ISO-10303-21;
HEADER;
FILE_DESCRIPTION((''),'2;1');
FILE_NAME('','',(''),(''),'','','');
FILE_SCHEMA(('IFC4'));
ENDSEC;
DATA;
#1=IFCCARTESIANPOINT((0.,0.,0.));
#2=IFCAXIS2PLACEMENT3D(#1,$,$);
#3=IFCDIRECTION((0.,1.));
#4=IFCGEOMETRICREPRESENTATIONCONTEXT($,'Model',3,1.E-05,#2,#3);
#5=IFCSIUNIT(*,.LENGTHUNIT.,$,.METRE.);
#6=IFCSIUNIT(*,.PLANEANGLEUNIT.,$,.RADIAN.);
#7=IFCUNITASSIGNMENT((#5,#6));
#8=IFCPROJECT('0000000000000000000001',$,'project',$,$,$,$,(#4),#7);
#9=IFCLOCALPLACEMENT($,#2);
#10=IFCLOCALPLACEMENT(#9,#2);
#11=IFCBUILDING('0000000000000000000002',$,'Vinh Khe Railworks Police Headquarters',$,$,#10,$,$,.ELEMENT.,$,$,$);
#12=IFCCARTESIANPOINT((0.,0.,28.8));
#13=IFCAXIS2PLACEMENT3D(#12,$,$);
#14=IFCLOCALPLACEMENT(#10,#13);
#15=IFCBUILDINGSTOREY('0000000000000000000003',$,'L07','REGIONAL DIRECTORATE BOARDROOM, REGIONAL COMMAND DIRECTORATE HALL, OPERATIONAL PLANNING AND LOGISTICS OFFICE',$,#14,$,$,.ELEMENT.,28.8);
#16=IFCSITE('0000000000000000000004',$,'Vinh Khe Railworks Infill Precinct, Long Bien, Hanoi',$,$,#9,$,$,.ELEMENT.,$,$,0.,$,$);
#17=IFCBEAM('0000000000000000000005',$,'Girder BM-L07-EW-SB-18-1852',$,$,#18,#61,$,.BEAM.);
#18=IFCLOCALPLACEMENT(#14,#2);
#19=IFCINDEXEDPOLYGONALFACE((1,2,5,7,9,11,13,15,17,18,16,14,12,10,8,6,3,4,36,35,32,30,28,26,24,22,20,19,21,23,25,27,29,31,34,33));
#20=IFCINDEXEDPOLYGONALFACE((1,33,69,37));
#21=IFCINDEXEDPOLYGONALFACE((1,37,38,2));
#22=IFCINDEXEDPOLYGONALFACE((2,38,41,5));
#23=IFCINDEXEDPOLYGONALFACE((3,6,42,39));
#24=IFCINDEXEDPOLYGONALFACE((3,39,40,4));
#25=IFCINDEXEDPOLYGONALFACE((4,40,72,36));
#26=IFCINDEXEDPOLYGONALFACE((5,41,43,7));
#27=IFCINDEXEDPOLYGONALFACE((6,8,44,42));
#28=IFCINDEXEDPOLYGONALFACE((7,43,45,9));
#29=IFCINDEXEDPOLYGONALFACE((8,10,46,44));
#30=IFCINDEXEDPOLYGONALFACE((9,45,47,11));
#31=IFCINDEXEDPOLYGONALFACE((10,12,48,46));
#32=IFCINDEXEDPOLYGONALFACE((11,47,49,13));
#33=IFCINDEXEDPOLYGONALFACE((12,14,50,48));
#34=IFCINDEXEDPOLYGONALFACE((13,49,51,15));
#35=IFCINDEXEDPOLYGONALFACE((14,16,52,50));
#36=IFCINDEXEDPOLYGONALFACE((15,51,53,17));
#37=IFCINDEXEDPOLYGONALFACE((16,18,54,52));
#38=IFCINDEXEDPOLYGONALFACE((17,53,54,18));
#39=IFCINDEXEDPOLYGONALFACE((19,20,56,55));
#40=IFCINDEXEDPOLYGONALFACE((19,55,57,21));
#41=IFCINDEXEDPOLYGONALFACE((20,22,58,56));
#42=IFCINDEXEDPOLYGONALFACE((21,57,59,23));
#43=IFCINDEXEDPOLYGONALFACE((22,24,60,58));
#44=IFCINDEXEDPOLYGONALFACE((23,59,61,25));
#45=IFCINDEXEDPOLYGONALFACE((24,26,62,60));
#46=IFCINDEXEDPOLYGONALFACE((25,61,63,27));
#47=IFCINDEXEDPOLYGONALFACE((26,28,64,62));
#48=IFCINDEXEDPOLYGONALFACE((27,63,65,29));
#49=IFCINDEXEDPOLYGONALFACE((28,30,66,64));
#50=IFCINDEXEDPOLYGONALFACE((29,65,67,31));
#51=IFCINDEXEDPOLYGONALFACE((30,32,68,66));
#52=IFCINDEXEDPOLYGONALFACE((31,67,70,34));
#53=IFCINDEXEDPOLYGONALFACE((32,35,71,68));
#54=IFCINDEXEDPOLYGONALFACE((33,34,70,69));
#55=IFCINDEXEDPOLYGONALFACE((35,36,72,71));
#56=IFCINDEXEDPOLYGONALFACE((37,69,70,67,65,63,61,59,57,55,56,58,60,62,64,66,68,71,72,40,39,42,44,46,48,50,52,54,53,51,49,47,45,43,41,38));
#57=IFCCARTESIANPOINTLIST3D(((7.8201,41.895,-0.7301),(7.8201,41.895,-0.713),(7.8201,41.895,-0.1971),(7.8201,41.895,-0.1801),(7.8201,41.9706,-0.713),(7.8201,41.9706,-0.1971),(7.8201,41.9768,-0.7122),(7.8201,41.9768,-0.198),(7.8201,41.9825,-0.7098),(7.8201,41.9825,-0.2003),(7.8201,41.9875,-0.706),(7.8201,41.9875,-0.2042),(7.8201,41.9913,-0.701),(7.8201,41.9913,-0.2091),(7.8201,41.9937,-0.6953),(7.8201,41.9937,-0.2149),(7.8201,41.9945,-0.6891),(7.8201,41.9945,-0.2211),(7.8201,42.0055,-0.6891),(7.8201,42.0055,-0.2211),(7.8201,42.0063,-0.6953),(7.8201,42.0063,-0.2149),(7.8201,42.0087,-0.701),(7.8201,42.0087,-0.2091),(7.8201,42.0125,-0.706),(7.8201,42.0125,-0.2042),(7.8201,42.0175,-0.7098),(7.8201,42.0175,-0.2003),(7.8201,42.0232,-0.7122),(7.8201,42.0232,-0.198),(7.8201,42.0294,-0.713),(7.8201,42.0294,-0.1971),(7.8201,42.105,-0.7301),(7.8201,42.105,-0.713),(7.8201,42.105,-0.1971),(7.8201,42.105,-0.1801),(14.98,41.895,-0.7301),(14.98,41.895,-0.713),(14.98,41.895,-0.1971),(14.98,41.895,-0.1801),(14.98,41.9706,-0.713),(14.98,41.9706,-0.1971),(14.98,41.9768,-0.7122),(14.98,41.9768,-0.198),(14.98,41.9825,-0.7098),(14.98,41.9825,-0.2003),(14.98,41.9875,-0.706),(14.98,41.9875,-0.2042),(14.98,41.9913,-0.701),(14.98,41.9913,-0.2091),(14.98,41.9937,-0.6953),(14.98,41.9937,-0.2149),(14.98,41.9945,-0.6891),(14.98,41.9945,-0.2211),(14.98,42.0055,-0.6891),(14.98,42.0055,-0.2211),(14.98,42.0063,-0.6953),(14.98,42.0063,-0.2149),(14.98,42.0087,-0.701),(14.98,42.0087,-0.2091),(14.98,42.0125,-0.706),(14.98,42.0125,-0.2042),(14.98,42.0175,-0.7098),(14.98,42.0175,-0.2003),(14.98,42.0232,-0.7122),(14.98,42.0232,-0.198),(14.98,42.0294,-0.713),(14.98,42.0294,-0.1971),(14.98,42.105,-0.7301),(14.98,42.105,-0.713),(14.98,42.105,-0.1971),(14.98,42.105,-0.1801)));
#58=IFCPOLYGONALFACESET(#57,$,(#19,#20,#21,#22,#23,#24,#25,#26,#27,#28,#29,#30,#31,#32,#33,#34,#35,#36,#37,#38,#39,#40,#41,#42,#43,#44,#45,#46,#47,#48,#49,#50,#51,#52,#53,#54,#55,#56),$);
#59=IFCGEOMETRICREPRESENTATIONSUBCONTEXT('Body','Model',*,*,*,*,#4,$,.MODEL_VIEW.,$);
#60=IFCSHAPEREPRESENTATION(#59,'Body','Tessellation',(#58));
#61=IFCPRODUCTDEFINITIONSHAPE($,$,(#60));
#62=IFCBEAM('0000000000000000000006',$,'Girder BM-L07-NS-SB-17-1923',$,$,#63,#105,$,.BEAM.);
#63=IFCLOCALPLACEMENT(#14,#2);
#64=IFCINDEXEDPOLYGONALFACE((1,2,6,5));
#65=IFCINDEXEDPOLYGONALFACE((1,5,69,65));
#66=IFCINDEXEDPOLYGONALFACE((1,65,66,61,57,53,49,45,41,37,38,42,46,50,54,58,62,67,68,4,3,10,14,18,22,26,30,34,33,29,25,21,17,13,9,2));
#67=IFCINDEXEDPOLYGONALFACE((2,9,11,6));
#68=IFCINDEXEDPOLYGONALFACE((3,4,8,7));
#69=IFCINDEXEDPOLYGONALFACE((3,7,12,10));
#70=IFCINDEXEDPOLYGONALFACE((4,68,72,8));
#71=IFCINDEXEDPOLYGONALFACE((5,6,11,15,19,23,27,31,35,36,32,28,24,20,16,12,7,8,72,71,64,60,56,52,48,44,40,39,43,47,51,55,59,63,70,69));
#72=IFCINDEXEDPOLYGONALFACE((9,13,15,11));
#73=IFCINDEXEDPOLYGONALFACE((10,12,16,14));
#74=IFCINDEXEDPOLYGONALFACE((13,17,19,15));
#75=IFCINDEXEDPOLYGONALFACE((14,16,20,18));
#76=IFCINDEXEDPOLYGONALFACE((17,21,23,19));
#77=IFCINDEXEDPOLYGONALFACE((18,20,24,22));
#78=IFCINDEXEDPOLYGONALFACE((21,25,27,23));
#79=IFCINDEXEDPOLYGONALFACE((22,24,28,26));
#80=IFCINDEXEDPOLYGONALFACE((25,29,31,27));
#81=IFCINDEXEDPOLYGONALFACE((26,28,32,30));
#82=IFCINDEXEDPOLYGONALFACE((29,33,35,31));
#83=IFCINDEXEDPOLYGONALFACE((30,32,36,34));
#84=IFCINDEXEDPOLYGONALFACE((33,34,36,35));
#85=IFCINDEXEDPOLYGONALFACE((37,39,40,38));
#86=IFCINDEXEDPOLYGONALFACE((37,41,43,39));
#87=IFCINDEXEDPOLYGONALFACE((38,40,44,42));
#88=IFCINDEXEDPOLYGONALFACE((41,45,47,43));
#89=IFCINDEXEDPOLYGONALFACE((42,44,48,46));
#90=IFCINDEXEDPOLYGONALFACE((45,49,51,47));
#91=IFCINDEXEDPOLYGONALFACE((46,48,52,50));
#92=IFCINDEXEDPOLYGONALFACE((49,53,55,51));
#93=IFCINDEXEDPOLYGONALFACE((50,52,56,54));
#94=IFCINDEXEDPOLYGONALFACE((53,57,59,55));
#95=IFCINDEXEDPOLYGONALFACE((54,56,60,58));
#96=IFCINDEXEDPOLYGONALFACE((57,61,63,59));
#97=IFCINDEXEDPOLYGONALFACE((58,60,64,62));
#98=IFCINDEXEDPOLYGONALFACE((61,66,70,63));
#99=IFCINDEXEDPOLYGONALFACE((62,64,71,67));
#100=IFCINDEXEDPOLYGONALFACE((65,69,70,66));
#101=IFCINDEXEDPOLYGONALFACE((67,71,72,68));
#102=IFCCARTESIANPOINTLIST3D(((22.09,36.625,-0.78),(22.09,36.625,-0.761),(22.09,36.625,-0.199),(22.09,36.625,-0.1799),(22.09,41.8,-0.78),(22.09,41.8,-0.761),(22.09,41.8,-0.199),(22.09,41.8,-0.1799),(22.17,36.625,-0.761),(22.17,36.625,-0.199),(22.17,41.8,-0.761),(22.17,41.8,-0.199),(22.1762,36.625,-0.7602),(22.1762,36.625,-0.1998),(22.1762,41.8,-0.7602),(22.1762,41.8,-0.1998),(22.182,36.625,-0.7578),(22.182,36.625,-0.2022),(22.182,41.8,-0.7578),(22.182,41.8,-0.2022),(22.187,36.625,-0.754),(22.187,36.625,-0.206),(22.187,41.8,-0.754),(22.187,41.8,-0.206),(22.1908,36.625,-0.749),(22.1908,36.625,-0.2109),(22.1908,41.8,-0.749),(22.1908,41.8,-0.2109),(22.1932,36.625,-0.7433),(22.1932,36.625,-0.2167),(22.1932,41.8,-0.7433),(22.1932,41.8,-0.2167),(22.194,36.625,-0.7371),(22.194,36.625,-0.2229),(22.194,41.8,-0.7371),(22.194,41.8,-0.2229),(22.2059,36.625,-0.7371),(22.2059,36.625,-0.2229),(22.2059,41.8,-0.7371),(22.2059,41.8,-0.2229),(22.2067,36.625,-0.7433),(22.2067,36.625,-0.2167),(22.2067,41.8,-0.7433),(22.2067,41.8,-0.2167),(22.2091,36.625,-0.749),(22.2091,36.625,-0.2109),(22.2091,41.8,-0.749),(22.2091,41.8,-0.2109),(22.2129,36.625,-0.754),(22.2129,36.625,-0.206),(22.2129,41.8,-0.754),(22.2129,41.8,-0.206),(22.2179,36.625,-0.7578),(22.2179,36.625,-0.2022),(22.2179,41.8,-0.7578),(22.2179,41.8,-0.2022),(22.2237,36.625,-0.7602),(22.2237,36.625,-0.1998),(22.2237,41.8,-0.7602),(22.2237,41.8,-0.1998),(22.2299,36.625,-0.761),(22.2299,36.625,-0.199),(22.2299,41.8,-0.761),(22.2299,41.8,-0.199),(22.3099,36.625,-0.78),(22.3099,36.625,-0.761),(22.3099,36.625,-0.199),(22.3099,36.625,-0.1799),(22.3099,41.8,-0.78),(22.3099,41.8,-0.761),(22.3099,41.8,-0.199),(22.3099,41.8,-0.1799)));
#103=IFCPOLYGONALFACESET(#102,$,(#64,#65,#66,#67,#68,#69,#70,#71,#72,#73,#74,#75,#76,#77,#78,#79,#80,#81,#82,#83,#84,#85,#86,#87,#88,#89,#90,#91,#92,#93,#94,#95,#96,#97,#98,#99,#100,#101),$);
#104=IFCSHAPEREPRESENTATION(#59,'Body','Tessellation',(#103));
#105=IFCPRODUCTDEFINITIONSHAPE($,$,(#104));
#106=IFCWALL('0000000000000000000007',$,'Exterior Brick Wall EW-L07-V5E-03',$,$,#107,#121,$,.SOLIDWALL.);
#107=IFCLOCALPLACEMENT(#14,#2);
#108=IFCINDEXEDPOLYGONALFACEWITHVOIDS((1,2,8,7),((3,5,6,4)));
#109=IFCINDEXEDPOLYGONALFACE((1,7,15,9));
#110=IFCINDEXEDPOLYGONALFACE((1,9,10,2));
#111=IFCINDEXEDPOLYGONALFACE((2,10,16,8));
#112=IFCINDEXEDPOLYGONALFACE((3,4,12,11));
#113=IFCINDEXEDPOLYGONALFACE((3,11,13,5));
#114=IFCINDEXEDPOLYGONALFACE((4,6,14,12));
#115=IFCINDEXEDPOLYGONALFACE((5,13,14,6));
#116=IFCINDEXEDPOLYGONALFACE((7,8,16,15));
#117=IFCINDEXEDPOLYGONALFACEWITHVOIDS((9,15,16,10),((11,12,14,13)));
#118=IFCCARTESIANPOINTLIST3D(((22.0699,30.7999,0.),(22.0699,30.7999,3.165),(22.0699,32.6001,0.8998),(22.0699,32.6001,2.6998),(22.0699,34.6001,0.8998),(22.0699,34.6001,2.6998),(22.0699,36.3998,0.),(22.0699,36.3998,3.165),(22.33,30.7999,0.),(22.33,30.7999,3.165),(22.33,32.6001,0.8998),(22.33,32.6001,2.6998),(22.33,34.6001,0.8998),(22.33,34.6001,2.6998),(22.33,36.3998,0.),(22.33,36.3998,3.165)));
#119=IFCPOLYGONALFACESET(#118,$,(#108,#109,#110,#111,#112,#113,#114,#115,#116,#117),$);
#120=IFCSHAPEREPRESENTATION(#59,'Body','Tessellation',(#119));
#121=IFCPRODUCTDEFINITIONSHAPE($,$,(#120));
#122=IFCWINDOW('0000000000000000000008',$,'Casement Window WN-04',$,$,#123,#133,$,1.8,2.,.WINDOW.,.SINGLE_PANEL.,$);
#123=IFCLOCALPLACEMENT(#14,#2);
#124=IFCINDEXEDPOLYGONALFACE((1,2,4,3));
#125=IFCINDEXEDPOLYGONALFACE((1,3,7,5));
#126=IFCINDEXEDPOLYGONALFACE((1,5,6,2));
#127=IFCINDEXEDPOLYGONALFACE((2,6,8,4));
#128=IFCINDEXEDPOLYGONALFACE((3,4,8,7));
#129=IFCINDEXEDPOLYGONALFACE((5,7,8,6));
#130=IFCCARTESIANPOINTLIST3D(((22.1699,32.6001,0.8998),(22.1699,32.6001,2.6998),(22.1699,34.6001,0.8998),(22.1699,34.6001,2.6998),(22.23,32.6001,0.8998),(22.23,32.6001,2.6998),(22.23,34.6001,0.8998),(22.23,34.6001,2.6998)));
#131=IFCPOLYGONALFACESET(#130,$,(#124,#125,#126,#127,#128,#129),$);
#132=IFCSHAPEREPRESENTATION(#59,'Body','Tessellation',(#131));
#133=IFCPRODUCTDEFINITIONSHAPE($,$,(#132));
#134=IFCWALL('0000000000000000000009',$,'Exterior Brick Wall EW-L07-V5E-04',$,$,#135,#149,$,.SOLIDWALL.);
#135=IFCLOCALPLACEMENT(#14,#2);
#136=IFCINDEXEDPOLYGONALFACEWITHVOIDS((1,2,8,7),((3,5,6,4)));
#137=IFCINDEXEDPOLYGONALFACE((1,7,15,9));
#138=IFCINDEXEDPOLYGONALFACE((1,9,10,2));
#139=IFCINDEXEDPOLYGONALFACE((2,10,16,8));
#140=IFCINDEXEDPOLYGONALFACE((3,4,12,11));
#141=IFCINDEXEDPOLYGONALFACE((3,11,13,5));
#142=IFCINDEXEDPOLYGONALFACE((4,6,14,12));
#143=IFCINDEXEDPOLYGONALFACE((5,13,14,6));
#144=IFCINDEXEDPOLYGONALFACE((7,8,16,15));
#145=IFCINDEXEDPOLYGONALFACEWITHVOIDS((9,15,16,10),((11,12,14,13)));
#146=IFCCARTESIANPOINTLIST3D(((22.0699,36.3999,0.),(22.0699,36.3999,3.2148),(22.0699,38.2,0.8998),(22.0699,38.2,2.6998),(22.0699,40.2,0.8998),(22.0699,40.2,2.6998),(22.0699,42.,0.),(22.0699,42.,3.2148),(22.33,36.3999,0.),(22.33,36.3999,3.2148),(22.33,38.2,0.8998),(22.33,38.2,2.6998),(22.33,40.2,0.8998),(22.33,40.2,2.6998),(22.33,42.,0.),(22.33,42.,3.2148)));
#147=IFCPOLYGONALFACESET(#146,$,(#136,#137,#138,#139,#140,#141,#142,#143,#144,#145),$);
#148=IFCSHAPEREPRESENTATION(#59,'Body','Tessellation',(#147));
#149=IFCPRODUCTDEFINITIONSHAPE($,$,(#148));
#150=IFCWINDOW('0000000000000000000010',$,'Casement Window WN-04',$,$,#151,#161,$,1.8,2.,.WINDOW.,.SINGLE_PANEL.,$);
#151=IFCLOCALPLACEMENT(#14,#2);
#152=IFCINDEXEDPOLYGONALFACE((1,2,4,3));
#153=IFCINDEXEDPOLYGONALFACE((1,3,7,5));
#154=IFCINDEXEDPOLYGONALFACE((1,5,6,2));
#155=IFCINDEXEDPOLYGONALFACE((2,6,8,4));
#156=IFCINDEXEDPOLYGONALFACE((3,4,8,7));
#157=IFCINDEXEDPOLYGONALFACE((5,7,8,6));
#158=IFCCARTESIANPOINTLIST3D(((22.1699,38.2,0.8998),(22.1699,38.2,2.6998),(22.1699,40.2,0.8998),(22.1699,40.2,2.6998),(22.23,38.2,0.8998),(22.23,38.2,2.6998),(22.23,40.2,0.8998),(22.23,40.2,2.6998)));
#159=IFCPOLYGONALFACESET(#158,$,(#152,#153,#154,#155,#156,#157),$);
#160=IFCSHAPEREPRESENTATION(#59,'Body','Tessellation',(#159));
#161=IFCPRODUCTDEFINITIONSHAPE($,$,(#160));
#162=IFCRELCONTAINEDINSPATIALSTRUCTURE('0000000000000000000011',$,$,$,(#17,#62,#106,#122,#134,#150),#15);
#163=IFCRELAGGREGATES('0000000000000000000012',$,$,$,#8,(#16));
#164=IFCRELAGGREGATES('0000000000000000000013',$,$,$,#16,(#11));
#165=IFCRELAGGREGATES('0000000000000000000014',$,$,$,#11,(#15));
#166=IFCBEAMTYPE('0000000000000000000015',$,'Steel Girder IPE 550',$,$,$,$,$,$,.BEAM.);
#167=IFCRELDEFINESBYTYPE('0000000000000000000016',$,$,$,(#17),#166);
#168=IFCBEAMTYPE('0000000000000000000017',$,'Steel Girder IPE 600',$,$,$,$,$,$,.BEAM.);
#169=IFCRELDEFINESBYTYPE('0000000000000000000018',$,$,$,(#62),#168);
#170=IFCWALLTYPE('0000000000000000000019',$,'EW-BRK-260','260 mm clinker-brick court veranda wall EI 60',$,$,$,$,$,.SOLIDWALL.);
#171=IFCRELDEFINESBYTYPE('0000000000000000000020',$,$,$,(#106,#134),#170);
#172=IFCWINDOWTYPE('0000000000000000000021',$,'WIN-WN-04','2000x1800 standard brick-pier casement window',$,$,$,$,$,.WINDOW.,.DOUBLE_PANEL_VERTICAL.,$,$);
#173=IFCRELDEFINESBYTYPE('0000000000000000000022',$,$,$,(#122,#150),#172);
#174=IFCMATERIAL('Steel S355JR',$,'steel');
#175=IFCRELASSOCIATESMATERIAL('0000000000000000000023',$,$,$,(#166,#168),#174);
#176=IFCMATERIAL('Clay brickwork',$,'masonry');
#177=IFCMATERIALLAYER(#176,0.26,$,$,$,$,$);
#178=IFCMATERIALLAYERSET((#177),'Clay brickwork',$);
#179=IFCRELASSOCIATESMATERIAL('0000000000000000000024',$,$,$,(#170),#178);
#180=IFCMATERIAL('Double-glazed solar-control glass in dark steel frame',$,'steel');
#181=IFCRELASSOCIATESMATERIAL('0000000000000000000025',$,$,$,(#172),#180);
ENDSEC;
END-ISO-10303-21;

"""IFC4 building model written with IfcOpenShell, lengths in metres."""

from ifc_helpers import new_model, si_unit, direction, frame, frame_2d, origin, origin_2d, place, context, subcontext, project, spatial, rectangle, i_section, extrude, material, layer, layer_set, material_profile, profile_set, type_object, element, fill, save


model = new_model("IFC4")

# Units and contexts
model_context = context("Model", 3, precision=1e-05, world=origin(), true_north=direction((0.0, 1.0)))
body_context = subcontext(model_context, "Body", "Model", "MODEL_VIEW")
ifc_project = project(units=[si_unit("LENGTHUNIT", "METRE"), si_unit("PLANEANGLEUNIT", "RADIAN")], contexts=[model_context])

# Site, building, storey
site_placement = place(None, origin())
site = spatial("IfcSite", under=ifc_project, at=site_placement, Name="Vinh Khe Railworks Infill Precinct, Long Bien, Hanoi", CompositionType="ELEMENT", RefElevation=0.0)
building_placement = place(site_placement, origin())
building = spatial("IfcBuilding", under=site, at=building_placement, Name="Vinh Khe Railworks Police Headquarters", CompositionType="ELEMENT")
storey_placement = place(building_placement, frame((0.0, 0.0, 28.8)))
storey = spatial("IfcBuildingStorey", under=building, at=storey_placement, Name="L07", Description="REGIONAL DIRECTORATE BOARDROOM, REGIONAL COMMAND DIRECTORATE HALL, OPERATIONAL PLANNING AND LOGISTICS OFFICE", CompositionType="ELEMENT", Elevation=28.8)

# Shared definitions
ifc_material_1 = material(Name="Steel S355JR", Category="steel")

# Beams
ifc_material_profile_1 = material_profile(ifc_material_1, i_section(OverallWidth=0.21, OverallDepth=0.55, WebThickness=0.011, FlangeThickness=0.0171, FilletRadius=0.0239, at=origin_2d()), Name="IPE 550")
ifc_profile_set_1 = profile_set([ifc_material_profile_1], Name="Steel S355JR")
beam_type_1 = type_object("IfcBeamType", Name="Steel Girder IPE 550", PredefinedType="BEAM", material=ifc_profile_set_1)
beam_1_placement = place(storey_placement, frame((7.8201, 42.0, -0.4551), z_axis=(1.0, 0.0, 0.0), x_axis=(0.0, 1.0, 0.0)))
element("IfcBeam", 1, at=beam_1_placement, inside=storey, type_object=beam_type_1, Name="Girder BM-L07-EW-SB-18-1852", PredefinedType="BEAM", context=body_context, shape_type="SweptSolid", body=[
    extrude(i_section(OverallWidth=0.21, OverallDepth=0.55, WebThickness=0.011, FlangeThickness=0.0171, FilletRadius=0.0239, at=origin_2d()), origin(), (0.0, 0.0, 1.0), 7.1599),
])
ifc_material_profile_2 = material_profile(ifc_material_1, i_section(OverallWidth=0.22, OverallDepth=0.6001, WebThickness=0.012, FlangeThickness=0.019, FilletRadius=0.0239, at=origin_2d()), Name="IPE 600")
ifc_profile_set_2 = profile_set([ifc_material_profile_2], Name="Steel S355JR")
beam_type_2 = type_object("IfcBeamType", Name="Steel Girder IPE 600", PredefinedType="BEAM", material=ifc_profile_set_2)
beam_2_placement = place(storey_placement, frame((22.2, 36.625, -0.48), z_axis=(0.0, 1.0, 0.0), x_axis=(-1.0, 0.0, 0.0)))
element("IfcBeam", 2, at=beam_2_placement, inside=storey, type_object=beam_type_2, Name="Girder BM-L07-NS-SB-17-1923", PredefinedType="BEAM", context=body_context, shape_type="SweptSolid", body=[
    extrude(i_section(OverallWidth=0.22, OverallDepth=0.6001, WebThickness=0.012, FlangeThickness=0.019, FilletRadius=0.0239, at=origin_2d()), origin(), (0.0, 0.0, 1.0), 5.175),
])

# Walls, openings, windows
ifc_material_2 = material(Name="Clay brickwork", Category="masonry")
ifc_layer_1 = layer(ifc_material_2, 0.26)
ifc_layer_set_1 = layer_set([ifc_layer_1], Name="Clay brickwork")
wall_type_1 = type_object("IfcWallType", Name="EW-BRK-260", Description="260 mm clinker-brick court veranda wall EI 60", PredefinedType="SOLIDWALL", material=ifc_layer_set_1)
wall_1_placement = place(storey_placement, frame((22.2, 30.8, 0.0), z_axis=(0.0, 0.0, 1.0), x_axis=(0.0, 1.0, 0.0)))
wall_1 = element("IfcWall", 3, at=wall_1_placement, inside=storey, type_object=wall_type_1, Name="Exterior Brick Wall EW-L07-V5E-03", PredefinedType="SOLIDWALL", context=body_context, shape_type="SweptSolid", body=[
    extrude(rectangle(XDim=5.5999, YDim=0.26, at=frame_2d((2.7998, 0.0))), origin(), (0.0, 0.0, 1.0), 3.165),
])
opening_1_placement = place(wall_1_placement, frame((1.8, 0.0, 0.8999)))
opening_1 = element("IfcOpeningElement", 4, at=opening_1_placement, cuts=wall_1, PredefinedType="OPENING", context=body_context, shape_type="SweptSolid", body=[
    extrude(rectangle(XDim=2.0, YDim=1.8, at=frame_2d((1.0, 0.8999))), frame((0.0, 0.145, 0.0), z_axis=(0.0, -1.0, 0.0), x_axis=(1.0, 0.0, 0.0)), (0.0, 0.0, 1.0), 0.2898),
])
ifc_material_3 = material(Name="Double-glazed solar-control glass in dark steel frame", Category="steel")
window_type_1 = type_object("IfcWindowType", Name="WIN-WN-04", Description="2000x1800 standard brick-pier casement window", PartitioningType="DOUBLE_PANEL_VERTICAL", PredefinedType="WINDOW", material=ifc_material_3)
window_1_placement = place(opening_1_placement, origin())
window_1 = element("IfcWindow", 5, at=window_1_placement, inside=storey, type_object=window_type_1, Name="Casement Window WN-04", OverallHeight=1.8, OverallWidth=2.0, PartitioningType="SINGLE_PANEL", PredefinedType="WINDOW", context=body_context, shape_type="SweptSolid", body=[
    extrude(rectangle(XDim=2.0, YDim=1.8, at=frame_2d((1.0, 0.8999))), frame((0.0, 0.03, 0.0), z_axis=(0.0, -1.0, 0.0), x_axis=(1.0, 0.0, 0.0)), (0.0, 0.0, 1.0), 0.0601),
])
fill(opening_1, window_1)
wall_2_placement = place(storey_placement, frame((22.2, 36.3999, 0.0), z_axis=(0.0, 0.0, 1.0), x_axis=(0.0, 1.0, 0.0)))
wall_2 = element("IfcWall", 6, at=wall_2_placement, inside=storey, type_object=wall_type_1, Name="Exterior Brick Wall EW-L07-V5E-04", PredefinedType="SOLIDWALL", context=body_context, shape_type="SweptSolid", body=[
    extrude(rectangle(XDim=5.6001, YDim=0.26, at=frame_2d((2.8, 0.0))), origin(), (0.0, 0.0, 1.0), 3.2148),
])
opening_2_placement = place(wall_2_placement, frame((1.8, 0.0, 0.8999)))
opening_2 = element("IfcOpeningElement", 7, at=opening_2_placement, cuts=wall_2, PredefinedType="OPENING", context=body_context, shape_type="SweptSolid", body=[
    extrude(rectangle(XDim=2.0, YDim=1.8, at=frame_2d((1.0, 0.8999))), frame((0.0, 0.145, 0.0), z_axis=(0.0, -1.0, 0.0), x_axis=(1.0, 0.0, 0.0)), (0.0, 0.0, 1.0), 0.2898),
])
window_2_placement = place(opening_2_placement, origin())
window_2 = element("IfcWindow", 8, at=window_2_placement, inside=storey, type_object=window_type_1, Name="Casement Window WN-04", OverallHeight=1.8, OverallWidth=2.0, PartitioningType="SINGLE_PANEL", PredefinedType="WINDOW", context=body_context, shape_type="SweptSolid", body=[
    extrude(rectangle(XDim=2.0, YDim=1.8, at=frame_2d((1.0, 0.8999))), frame((0.0, 0.03, 0.0), z_axis=(0.0, -1.0, 0.0), x_axis=(1.0, 0.0, 0.0)), (0.0, 0.0, 1.0), 0.0601),
])
fill(opening_2, window_2)

save(model, "model.ifc")
